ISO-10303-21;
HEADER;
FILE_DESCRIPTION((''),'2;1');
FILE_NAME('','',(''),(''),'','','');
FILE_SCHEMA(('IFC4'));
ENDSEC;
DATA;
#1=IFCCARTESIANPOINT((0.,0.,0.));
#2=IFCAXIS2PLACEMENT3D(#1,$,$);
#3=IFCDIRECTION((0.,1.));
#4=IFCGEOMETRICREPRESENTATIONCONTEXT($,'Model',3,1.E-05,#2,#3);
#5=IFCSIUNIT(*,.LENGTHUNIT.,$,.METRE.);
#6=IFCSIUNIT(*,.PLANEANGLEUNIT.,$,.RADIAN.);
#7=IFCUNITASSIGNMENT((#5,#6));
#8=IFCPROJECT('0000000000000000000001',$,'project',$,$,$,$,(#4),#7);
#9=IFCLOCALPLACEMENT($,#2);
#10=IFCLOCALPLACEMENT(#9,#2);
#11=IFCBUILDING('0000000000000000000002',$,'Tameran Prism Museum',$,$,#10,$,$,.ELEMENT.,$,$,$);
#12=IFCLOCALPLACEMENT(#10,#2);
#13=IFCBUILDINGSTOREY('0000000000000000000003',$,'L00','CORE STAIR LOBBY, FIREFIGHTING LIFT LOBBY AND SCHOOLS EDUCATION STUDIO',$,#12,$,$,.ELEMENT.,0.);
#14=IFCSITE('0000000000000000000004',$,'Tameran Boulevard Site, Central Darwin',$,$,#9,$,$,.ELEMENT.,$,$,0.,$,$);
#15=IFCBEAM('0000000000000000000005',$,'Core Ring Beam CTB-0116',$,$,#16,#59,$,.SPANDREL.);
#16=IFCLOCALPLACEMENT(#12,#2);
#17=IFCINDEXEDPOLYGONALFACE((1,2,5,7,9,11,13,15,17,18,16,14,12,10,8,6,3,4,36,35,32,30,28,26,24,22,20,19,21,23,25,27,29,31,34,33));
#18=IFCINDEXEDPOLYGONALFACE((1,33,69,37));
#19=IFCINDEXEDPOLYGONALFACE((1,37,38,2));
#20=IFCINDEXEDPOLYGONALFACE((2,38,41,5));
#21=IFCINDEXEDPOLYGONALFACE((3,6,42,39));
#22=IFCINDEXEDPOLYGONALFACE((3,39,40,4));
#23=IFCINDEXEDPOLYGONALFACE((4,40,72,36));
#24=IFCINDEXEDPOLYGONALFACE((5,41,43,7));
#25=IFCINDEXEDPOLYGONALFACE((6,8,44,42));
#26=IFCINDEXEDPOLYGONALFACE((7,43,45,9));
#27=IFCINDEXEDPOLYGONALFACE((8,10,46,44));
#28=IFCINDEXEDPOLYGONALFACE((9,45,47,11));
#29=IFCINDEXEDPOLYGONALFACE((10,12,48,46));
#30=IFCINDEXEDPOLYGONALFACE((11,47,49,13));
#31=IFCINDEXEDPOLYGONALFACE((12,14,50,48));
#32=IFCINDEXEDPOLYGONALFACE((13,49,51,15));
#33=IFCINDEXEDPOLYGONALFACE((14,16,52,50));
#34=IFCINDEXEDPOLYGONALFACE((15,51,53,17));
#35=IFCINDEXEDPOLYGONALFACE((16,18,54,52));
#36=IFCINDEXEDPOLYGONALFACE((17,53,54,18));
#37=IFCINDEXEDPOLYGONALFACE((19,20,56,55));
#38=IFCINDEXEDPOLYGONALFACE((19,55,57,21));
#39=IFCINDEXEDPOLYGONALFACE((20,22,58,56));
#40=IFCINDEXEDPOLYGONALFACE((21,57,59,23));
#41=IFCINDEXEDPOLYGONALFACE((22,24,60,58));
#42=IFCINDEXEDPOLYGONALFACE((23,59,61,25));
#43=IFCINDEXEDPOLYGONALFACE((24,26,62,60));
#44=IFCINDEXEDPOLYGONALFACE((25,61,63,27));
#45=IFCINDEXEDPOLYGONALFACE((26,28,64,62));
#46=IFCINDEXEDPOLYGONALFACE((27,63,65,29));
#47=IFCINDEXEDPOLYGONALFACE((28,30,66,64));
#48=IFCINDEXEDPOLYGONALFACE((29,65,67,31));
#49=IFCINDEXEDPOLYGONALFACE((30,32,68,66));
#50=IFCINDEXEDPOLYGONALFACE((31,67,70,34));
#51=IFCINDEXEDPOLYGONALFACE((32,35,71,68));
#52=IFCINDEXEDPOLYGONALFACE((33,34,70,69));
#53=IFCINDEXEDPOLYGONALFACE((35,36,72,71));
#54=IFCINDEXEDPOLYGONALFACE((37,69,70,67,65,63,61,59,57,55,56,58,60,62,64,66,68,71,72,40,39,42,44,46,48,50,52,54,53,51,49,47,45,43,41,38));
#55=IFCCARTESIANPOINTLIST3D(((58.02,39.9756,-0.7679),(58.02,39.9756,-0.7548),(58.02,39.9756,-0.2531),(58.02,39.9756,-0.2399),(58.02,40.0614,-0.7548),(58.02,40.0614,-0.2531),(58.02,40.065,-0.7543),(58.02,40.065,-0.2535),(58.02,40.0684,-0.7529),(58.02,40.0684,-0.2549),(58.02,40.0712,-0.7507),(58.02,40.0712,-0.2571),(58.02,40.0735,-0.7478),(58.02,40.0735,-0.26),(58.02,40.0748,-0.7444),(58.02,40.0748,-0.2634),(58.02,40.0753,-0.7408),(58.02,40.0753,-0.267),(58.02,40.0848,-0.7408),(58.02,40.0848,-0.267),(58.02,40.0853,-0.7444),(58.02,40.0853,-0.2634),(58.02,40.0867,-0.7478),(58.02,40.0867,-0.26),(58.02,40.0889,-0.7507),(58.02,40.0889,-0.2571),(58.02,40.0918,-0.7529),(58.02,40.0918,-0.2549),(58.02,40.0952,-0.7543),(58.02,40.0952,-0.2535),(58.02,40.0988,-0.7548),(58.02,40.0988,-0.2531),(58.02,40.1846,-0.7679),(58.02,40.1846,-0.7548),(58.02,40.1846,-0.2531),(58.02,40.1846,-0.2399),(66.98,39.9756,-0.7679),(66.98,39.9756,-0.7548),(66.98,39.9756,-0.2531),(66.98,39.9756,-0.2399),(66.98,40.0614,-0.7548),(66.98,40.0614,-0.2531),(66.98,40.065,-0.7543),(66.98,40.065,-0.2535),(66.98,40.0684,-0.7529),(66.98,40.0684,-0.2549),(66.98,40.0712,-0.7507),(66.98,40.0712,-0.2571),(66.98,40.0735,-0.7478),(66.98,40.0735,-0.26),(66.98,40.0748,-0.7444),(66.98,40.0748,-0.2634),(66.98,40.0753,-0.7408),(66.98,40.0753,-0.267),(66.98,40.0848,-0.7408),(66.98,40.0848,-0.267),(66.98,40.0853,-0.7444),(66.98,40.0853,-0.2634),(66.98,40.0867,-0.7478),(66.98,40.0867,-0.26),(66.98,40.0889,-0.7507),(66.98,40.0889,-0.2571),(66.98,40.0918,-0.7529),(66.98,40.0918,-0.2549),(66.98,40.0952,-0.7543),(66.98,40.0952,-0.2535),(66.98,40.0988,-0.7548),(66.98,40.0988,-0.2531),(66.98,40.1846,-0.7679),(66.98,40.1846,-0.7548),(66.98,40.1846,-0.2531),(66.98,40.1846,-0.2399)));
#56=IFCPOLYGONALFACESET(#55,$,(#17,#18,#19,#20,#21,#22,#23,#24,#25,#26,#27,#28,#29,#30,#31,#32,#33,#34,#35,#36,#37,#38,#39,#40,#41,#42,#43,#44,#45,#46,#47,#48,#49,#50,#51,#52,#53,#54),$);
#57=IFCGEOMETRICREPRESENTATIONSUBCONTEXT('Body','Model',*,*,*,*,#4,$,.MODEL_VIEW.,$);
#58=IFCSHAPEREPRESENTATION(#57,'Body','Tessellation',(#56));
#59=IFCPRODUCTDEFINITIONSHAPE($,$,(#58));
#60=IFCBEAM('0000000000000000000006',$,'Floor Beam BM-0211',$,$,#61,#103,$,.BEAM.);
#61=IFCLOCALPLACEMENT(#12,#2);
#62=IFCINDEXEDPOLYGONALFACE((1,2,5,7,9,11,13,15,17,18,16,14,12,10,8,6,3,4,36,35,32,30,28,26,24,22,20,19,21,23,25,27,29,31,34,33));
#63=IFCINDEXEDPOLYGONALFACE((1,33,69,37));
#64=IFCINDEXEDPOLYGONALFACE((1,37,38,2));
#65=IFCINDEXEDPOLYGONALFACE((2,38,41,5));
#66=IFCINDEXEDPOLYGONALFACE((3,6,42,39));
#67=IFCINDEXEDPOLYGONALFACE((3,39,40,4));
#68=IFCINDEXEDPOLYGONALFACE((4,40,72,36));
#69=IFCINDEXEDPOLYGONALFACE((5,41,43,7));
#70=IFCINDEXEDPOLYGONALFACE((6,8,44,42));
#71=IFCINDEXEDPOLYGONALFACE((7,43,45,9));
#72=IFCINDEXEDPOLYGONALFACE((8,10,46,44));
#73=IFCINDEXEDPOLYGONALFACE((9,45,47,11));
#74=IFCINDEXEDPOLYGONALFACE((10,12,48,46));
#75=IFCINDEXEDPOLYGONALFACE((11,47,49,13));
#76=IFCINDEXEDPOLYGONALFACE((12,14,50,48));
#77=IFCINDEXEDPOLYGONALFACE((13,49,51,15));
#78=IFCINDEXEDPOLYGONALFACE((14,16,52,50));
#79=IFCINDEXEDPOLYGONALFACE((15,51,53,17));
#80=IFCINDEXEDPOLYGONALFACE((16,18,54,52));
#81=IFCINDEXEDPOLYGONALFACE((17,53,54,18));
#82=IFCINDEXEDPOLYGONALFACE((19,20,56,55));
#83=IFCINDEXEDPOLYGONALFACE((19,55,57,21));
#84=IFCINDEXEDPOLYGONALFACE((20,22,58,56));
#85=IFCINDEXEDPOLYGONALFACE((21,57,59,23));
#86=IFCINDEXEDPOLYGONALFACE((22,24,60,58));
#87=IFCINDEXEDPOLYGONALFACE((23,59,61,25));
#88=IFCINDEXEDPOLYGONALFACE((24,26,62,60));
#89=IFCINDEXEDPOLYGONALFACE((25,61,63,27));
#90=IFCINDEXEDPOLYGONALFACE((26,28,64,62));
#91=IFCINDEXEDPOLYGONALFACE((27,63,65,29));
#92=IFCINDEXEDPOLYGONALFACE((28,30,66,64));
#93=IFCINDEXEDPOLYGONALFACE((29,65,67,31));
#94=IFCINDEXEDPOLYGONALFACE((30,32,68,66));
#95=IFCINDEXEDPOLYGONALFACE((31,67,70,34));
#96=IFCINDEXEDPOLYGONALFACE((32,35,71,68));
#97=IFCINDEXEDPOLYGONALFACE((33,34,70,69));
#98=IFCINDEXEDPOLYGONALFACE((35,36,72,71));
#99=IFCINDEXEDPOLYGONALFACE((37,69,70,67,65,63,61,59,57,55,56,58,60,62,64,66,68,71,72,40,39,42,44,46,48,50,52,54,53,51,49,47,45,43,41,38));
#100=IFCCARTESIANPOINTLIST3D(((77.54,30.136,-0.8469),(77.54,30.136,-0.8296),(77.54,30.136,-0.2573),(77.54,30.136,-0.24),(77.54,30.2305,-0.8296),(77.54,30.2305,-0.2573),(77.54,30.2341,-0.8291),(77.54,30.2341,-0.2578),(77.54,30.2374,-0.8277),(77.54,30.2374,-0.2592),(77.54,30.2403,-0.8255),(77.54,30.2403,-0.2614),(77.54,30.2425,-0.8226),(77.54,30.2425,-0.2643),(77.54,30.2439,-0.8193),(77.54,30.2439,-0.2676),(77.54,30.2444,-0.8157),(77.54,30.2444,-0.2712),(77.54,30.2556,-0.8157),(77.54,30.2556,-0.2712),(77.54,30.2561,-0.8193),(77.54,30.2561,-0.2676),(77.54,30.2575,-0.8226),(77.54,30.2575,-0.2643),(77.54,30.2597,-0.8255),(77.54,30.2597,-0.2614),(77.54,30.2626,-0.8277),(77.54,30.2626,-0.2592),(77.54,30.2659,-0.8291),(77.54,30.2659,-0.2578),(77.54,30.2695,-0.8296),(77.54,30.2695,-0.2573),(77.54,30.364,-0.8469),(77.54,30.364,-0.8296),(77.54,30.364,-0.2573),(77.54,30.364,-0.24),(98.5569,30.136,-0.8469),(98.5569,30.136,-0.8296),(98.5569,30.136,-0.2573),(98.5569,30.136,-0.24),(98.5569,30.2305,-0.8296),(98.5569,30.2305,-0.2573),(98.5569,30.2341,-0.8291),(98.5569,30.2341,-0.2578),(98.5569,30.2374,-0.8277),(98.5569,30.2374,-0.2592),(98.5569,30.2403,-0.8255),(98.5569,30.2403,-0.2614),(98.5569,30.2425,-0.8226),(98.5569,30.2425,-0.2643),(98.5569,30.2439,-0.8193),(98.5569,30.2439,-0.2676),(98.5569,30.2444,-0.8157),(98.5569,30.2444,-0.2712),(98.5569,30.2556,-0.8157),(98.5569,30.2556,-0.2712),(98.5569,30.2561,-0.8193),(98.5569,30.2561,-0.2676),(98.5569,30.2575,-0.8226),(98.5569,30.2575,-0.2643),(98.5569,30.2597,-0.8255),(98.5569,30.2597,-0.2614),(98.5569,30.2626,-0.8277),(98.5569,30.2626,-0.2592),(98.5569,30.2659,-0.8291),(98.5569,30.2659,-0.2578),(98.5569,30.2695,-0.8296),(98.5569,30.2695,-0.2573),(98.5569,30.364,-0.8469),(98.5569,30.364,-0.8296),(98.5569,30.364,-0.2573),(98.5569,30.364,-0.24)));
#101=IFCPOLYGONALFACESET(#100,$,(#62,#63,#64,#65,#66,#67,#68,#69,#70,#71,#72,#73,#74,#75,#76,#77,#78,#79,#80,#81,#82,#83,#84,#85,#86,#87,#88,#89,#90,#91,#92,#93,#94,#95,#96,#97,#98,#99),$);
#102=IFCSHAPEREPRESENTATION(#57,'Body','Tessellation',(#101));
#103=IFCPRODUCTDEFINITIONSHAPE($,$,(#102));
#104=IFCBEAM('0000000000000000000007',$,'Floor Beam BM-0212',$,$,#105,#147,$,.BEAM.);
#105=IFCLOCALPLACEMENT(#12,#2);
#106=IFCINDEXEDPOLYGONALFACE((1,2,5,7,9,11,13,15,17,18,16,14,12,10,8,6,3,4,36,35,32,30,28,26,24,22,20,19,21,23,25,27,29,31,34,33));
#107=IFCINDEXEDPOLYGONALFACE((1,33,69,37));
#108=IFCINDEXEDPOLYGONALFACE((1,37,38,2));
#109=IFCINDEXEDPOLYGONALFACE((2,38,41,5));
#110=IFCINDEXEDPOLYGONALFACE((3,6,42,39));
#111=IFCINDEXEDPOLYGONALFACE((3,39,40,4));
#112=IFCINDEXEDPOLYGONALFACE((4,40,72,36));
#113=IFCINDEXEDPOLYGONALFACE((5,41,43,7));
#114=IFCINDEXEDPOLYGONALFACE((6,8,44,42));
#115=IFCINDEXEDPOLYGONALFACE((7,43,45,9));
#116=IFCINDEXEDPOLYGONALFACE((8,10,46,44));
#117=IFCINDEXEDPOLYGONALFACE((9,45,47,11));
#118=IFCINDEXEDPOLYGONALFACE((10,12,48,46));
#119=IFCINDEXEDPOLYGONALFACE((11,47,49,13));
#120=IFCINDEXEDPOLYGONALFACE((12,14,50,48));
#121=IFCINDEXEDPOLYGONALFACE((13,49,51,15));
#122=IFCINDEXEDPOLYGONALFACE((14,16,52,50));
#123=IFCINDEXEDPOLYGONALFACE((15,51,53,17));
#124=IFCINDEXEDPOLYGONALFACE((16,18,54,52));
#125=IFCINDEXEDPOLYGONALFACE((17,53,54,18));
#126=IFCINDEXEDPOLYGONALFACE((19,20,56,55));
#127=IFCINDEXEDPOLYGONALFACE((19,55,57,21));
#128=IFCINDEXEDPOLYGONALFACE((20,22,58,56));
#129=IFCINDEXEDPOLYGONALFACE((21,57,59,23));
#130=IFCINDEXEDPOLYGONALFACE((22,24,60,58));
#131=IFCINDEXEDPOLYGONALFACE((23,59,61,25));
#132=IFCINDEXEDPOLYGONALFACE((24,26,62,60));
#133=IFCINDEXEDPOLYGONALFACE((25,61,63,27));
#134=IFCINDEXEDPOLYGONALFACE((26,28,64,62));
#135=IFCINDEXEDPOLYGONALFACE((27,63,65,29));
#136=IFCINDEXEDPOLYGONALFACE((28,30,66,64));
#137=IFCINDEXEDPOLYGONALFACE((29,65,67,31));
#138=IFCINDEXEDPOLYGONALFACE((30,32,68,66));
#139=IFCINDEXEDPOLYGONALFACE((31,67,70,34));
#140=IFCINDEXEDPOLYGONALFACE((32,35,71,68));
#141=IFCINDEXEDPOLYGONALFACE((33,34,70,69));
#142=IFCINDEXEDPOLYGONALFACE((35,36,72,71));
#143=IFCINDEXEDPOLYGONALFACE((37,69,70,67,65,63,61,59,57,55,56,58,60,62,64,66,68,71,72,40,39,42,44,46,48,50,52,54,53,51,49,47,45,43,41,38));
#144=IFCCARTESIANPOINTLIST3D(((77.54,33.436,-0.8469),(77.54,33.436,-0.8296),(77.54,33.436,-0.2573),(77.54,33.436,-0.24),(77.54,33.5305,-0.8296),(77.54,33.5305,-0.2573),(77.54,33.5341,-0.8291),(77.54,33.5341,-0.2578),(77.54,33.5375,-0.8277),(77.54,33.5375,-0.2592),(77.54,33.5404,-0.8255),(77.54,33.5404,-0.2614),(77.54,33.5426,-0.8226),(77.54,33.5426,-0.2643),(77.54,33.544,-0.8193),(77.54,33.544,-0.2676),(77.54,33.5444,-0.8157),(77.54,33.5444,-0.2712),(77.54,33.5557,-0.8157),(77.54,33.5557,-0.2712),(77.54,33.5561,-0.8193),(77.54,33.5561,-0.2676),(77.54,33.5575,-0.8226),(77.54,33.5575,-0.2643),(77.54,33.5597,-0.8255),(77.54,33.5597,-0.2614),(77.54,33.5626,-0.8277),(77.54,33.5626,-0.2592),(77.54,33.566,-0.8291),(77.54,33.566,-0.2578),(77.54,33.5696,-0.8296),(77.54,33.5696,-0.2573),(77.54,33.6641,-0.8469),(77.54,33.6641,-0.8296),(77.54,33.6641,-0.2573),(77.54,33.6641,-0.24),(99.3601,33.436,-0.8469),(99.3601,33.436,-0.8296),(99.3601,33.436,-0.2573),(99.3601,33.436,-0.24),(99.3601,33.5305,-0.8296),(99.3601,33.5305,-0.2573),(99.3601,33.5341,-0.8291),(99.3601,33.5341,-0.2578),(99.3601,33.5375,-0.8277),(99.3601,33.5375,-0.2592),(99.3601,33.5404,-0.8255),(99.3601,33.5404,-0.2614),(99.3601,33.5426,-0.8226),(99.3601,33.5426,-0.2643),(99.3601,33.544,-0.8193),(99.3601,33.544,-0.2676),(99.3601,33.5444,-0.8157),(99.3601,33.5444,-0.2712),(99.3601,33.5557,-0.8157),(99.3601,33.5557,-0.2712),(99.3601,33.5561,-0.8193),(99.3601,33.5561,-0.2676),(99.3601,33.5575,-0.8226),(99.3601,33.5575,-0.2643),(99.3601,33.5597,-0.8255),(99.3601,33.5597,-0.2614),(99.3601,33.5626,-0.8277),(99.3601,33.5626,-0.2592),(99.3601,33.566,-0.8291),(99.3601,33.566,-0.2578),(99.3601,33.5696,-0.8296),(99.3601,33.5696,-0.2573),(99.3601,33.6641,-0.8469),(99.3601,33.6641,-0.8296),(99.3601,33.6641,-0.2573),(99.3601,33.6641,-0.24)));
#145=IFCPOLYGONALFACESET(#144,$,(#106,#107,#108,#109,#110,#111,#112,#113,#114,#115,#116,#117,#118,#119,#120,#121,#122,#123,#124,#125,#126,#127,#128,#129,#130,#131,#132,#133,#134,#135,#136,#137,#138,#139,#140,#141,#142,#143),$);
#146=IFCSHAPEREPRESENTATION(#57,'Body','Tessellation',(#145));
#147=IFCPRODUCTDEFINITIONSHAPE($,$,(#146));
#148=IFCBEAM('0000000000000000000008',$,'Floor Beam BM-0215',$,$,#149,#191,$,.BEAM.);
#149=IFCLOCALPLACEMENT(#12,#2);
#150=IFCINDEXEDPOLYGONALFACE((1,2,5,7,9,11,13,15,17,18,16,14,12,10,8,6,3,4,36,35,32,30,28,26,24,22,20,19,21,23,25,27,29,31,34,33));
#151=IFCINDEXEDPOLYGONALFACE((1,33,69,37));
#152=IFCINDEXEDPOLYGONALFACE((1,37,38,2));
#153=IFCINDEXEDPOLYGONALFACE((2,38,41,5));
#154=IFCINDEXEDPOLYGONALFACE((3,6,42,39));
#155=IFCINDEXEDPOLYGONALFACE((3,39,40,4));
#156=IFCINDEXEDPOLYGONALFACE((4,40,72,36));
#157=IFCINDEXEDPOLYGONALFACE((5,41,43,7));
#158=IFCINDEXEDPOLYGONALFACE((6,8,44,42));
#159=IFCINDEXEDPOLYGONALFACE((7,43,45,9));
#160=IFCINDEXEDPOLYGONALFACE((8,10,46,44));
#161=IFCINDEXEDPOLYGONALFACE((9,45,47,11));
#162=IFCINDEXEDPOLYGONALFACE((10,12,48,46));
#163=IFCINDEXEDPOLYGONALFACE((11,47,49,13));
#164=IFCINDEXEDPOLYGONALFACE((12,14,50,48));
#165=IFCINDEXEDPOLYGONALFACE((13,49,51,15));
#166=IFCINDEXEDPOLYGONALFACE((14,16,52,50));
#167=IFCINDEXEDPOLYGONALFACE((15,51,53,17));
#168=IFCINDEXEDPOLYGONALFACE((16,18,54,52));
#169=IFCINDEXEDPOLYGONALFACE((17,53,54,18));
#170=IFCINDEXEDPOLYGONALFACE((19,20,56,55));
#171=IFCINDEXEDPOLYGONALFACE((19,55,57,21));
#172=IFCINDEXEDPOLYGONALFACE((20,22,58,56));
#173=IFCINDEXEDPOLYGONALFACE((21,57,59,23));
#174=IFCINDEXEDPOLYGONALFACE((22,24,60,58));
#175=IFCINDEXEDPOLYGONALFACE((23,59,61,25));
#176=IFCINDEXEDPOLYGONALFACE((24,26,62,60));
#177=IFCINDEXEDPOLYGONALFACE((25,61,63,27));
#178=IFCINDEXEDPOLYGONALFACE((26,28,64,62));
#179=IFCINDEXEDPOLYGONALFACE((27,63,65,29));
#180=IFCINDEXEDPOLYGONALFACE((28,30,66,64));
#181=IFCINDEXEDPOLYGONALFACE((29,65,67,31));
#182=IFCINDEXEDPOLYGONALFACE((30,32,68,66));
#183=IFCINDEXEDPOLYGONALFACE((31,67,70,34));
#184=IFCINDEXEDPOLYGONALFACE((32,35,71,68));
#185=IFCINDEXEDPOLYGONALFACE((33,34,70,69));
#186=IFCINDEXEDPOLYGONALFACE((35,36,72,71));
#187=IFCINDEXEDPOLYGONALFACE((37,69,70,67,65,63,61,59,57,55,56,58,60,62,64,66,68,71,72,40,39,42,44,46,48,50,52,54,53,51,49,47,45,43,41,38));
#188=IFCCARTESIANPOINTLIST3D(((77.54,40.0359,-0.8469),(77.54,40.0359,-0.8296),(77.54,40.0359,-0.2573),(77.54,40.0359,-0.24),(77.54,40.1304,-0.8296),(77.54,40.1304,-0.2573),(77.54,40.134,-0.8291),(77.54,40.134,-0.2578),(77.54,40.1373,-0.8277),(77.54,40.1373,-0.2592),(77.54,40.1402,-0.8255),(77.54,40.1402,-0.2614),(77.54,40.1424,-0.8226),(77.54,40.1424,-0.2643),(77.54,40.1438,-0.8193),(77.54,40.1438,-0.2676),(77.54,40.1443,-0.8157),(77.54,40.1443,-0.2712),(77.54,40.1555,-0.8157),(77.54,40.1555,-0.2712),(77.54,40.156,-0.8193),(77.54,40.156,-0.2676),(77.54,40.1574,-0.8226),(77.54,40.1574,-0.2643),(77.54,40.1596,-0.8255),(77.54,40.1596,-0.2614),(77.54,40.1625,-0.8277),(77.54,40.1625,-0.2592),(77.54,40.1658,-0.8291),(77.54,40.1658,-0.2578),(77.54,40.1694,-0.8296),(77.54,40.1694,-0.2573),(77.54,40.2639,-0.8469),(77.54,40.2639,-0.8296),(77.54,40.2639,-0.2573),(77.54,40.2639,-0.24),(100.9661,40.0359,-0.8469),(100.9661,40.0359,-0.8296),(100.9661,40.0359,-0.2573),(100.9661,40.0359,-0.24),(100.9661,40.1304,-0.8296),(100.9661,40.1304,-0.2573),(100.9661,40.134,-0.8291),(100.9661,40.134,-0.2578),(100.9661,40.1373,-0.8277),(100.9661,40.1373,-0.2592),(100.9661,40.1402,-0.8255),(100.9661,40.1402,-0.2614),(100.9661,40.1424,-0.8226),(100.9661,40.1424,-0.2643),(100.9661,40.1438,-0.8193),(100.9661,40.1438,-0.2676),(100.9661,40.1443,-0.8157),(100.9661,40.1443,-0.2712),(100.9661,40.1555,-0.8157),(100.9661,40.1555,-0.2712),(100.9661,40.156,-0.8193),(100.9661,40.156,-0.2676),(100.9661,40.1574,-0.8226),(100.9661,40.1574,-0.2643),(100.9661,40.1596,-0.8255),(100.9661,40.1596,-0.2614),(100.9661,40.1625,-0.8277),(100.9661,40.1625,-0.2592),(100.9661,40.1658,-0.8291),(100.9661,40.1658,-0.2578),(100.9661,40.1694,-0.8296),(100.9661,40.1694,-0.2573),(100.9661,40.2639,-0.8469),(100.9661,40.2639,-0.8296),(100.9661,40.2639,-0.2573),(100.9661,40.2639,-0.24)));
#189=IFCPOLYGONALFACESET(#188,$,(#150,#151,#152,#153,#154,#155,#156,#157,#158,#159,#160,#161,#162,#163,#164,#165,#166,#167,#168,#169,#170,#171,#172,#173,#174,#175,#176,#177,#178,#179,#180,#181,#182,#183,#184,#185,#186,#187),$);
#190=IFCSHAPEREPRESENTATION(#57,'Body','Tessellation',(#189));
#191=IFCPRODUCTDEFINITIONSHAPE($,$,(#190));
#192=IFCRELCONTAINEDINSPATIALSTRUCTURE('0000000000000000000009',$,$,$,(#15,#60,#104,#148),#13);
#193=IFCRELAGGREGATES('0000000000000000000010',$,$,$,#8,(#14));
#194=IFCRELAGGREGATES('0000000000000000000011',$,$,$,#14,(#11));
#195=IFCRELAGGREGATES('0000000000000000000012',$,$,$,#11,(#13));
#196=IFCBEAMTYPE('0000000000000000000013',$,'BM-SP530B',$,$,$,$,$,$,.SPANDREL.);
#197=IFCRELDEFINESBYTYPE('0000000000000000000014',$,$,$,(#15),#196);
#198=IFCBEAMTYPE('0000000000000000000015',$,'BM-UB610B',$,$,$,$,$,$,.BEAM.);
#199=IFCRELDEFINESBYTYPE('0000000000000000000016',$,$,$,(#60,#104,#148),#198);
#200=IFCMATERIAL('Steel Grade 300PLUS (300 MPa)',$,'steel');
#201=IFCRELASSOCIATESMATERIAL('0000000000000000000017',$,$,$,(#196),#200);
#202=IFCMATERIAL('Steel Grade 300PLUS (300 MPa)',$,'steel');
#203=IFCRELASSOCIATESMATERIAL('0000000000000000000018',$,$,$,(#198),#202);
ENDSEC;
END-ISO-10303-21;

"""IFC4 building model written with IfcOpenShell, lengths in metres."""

from ifc_helpers import new_model, si_unit, direction, frame, origin, origin_2d, place, context, subcontext, project, spatial, i_section, extrude, material, material_profile, profile_set, type_object, element, save


model = new_model("IFC4")

# Units and contexts
model_context = context("Model", 3, precision=1e-05, world=origin(), true_north=direction((0.0, 1.0)))
body_context = subcontext(model_context, "Body", "Model", "MODEL_VIEW")
ifc_project = project(units=[si_unit("LENGTHUNIT", "METRE"), si_unit("PLANEANGLEUNIT", "RADIAN")], contexts=[model_context])

# Site, building, storey
site_placement = place(None, origin())
site = spatial("IfcSite", under=ifc_project, at=site_placement, Name="Tameran Boulevard Site, Central Darwin", CompositionType="ELEMENT", RefElevation=0.0)
building_placement = place(site_placement, origin())
building = spatial("IfcBuilding", under=site, at=building_placement, Name="Tameran Prism Museum", CompositionType="ELEMENT")
storey_placement = place(building_placement, origin())
storey = spatial("IfcBuildingStorey", under=building, at=storey_placement, Name="L00", Description="CORE STAIR LOBBY, FIREFIGHTING LIFT LOBBY AND SCHOOLS EDUCATION STUDIO", CompositionType="ELEMENT", Elevation=0.0)

# Beams
ifc_material_1 = material(Name="Steel Grade 300PLUS (300 MPa)", Category="steel")
ifc_material_profile_1 = material_profile(ifc_material_1, i_section(OverallWidth=0.209, OverallDepth=0.5281, WebThickness=0.0095, FlangeThickness=0.0132, FilletRadius=0.0139, at=origin_2d()))
ifc_profile_set_1 = profile_set([ifc_material_profile_1])
beam_type_1 = type_object("IfcBeamType", Name="BM-SP530B", PredefinedType="SPANDREL", material=ifc_profile_set_1)
beam_1_placement = place(storey_placement, frame((66.98, 40.0801, -0.5039), z_axis=(-1.0, 0.0, 0.0), x_axis=(0.0, -1.0, 0.0)))
element("IfcBeam", 1, at=beam_1_placement, inside=storey, type_object=beam_type_1, Name="Core Ring Beam CTB-0116", PredefinedType="SPANDREL", context=body_context, shape_type="SweptSolid", body=[
    extrude(i_section(OverallWidth=0.209, OverallDepth=0.5281, WebThickness=0.0095, FlangeThickness=0.0132, FilletRadius=0.0139, at=origin_2d()), origin(), (0.0, 0.0, 1.0), 8.96),
])
ifc_material_2 = material(Name="Steel Grade 300PLUS (300 MPa)", Category="steel")
ifc_material_profile_2 = material_profile(ifc_material_2, i_section(OverallWidth=0.228, OverallDepth=0.6069, WebThickness=0.0112, FlangeThickness=0.0173, FilletRadius=0.0139, at=origin_2d()))
ifc_profile_set_2 = profile_set([ifc_material_profile_2])
beam_type_2 = type_object("IfcBeamType", Name="BM-UB610B", PredefinedType="BEAM", material=ifc_profile_set_2)
beam_2_placement = place(storey_placement, frame((77.54, 30.25, -0.5435), z_axis=(1.0, 0.0, 0.0), x_axis=(0.0, 1.0, 0.0)))
element("IfcBeam", 2, at=beam_2_placement, inside=storey, type_object=beam_type_2, Name="Floor Beam BM-0211", PredefinedType="BEAM", context=body_context, shape_type="SweptSolid", body=[
    extrude(i_section(OverallWidth=0.228, OverallDepth=0.6069, WebThickness=0.0112, FlangeThickness=0.0173, FilletRadius=0.0139, at=origin_2d()), origin(), (0.0, 0.0, 1.0), 21.0168),
])
beam_3_placement = place(storey_placement, frame((77.54, 33.55, -0.5435), z_axis=(1.0, 0.0, 0.0), x_axis=(0.0, 1.0, 0.0)))
element("IfcBeam", 3, at=beam_3_placement, inside=storey, type_object=beam_type_2, Name="Floor Beam BM-0212", PredefinedType="BEAM", context=body_context, shape_type="SweptSolid", body=[
    extrude(i_section(OverallWidth=0.228, OverallDepth=0.6069, WebThickness=0.0112, FlangeThickness=0.0173, FilletRadius=0.0139, at=origin_2d()), origin(), (0.0, 0.0, 1.0), 21.8201),
])
beam_4_placement = place(storey_placement, frame((77.54, 40.1499, -0.5435), z_axis=(1.0, 0.0, 0.0), x_axis=(0.0, 1.0, 0.0)))
element("IfcBeam", 4, at=beam_4_placement, inside=storey, type_object=beam_type_2, Name="Floor Beam BM-0215", PredefinedType="BEAM", context=body_context, shape_type="SweptSolid", body=[
    extrude(i_section(OverallWidth=0.228, OverallDepth=0.6069, WebThickness=0.0112, FlangeThickness=0.0173, FilletRadius=0.0139, at=origin_2d()), origin(), (0.0, 0.0, 1.0), 23.426),
])

save(model, "model.ifc")
